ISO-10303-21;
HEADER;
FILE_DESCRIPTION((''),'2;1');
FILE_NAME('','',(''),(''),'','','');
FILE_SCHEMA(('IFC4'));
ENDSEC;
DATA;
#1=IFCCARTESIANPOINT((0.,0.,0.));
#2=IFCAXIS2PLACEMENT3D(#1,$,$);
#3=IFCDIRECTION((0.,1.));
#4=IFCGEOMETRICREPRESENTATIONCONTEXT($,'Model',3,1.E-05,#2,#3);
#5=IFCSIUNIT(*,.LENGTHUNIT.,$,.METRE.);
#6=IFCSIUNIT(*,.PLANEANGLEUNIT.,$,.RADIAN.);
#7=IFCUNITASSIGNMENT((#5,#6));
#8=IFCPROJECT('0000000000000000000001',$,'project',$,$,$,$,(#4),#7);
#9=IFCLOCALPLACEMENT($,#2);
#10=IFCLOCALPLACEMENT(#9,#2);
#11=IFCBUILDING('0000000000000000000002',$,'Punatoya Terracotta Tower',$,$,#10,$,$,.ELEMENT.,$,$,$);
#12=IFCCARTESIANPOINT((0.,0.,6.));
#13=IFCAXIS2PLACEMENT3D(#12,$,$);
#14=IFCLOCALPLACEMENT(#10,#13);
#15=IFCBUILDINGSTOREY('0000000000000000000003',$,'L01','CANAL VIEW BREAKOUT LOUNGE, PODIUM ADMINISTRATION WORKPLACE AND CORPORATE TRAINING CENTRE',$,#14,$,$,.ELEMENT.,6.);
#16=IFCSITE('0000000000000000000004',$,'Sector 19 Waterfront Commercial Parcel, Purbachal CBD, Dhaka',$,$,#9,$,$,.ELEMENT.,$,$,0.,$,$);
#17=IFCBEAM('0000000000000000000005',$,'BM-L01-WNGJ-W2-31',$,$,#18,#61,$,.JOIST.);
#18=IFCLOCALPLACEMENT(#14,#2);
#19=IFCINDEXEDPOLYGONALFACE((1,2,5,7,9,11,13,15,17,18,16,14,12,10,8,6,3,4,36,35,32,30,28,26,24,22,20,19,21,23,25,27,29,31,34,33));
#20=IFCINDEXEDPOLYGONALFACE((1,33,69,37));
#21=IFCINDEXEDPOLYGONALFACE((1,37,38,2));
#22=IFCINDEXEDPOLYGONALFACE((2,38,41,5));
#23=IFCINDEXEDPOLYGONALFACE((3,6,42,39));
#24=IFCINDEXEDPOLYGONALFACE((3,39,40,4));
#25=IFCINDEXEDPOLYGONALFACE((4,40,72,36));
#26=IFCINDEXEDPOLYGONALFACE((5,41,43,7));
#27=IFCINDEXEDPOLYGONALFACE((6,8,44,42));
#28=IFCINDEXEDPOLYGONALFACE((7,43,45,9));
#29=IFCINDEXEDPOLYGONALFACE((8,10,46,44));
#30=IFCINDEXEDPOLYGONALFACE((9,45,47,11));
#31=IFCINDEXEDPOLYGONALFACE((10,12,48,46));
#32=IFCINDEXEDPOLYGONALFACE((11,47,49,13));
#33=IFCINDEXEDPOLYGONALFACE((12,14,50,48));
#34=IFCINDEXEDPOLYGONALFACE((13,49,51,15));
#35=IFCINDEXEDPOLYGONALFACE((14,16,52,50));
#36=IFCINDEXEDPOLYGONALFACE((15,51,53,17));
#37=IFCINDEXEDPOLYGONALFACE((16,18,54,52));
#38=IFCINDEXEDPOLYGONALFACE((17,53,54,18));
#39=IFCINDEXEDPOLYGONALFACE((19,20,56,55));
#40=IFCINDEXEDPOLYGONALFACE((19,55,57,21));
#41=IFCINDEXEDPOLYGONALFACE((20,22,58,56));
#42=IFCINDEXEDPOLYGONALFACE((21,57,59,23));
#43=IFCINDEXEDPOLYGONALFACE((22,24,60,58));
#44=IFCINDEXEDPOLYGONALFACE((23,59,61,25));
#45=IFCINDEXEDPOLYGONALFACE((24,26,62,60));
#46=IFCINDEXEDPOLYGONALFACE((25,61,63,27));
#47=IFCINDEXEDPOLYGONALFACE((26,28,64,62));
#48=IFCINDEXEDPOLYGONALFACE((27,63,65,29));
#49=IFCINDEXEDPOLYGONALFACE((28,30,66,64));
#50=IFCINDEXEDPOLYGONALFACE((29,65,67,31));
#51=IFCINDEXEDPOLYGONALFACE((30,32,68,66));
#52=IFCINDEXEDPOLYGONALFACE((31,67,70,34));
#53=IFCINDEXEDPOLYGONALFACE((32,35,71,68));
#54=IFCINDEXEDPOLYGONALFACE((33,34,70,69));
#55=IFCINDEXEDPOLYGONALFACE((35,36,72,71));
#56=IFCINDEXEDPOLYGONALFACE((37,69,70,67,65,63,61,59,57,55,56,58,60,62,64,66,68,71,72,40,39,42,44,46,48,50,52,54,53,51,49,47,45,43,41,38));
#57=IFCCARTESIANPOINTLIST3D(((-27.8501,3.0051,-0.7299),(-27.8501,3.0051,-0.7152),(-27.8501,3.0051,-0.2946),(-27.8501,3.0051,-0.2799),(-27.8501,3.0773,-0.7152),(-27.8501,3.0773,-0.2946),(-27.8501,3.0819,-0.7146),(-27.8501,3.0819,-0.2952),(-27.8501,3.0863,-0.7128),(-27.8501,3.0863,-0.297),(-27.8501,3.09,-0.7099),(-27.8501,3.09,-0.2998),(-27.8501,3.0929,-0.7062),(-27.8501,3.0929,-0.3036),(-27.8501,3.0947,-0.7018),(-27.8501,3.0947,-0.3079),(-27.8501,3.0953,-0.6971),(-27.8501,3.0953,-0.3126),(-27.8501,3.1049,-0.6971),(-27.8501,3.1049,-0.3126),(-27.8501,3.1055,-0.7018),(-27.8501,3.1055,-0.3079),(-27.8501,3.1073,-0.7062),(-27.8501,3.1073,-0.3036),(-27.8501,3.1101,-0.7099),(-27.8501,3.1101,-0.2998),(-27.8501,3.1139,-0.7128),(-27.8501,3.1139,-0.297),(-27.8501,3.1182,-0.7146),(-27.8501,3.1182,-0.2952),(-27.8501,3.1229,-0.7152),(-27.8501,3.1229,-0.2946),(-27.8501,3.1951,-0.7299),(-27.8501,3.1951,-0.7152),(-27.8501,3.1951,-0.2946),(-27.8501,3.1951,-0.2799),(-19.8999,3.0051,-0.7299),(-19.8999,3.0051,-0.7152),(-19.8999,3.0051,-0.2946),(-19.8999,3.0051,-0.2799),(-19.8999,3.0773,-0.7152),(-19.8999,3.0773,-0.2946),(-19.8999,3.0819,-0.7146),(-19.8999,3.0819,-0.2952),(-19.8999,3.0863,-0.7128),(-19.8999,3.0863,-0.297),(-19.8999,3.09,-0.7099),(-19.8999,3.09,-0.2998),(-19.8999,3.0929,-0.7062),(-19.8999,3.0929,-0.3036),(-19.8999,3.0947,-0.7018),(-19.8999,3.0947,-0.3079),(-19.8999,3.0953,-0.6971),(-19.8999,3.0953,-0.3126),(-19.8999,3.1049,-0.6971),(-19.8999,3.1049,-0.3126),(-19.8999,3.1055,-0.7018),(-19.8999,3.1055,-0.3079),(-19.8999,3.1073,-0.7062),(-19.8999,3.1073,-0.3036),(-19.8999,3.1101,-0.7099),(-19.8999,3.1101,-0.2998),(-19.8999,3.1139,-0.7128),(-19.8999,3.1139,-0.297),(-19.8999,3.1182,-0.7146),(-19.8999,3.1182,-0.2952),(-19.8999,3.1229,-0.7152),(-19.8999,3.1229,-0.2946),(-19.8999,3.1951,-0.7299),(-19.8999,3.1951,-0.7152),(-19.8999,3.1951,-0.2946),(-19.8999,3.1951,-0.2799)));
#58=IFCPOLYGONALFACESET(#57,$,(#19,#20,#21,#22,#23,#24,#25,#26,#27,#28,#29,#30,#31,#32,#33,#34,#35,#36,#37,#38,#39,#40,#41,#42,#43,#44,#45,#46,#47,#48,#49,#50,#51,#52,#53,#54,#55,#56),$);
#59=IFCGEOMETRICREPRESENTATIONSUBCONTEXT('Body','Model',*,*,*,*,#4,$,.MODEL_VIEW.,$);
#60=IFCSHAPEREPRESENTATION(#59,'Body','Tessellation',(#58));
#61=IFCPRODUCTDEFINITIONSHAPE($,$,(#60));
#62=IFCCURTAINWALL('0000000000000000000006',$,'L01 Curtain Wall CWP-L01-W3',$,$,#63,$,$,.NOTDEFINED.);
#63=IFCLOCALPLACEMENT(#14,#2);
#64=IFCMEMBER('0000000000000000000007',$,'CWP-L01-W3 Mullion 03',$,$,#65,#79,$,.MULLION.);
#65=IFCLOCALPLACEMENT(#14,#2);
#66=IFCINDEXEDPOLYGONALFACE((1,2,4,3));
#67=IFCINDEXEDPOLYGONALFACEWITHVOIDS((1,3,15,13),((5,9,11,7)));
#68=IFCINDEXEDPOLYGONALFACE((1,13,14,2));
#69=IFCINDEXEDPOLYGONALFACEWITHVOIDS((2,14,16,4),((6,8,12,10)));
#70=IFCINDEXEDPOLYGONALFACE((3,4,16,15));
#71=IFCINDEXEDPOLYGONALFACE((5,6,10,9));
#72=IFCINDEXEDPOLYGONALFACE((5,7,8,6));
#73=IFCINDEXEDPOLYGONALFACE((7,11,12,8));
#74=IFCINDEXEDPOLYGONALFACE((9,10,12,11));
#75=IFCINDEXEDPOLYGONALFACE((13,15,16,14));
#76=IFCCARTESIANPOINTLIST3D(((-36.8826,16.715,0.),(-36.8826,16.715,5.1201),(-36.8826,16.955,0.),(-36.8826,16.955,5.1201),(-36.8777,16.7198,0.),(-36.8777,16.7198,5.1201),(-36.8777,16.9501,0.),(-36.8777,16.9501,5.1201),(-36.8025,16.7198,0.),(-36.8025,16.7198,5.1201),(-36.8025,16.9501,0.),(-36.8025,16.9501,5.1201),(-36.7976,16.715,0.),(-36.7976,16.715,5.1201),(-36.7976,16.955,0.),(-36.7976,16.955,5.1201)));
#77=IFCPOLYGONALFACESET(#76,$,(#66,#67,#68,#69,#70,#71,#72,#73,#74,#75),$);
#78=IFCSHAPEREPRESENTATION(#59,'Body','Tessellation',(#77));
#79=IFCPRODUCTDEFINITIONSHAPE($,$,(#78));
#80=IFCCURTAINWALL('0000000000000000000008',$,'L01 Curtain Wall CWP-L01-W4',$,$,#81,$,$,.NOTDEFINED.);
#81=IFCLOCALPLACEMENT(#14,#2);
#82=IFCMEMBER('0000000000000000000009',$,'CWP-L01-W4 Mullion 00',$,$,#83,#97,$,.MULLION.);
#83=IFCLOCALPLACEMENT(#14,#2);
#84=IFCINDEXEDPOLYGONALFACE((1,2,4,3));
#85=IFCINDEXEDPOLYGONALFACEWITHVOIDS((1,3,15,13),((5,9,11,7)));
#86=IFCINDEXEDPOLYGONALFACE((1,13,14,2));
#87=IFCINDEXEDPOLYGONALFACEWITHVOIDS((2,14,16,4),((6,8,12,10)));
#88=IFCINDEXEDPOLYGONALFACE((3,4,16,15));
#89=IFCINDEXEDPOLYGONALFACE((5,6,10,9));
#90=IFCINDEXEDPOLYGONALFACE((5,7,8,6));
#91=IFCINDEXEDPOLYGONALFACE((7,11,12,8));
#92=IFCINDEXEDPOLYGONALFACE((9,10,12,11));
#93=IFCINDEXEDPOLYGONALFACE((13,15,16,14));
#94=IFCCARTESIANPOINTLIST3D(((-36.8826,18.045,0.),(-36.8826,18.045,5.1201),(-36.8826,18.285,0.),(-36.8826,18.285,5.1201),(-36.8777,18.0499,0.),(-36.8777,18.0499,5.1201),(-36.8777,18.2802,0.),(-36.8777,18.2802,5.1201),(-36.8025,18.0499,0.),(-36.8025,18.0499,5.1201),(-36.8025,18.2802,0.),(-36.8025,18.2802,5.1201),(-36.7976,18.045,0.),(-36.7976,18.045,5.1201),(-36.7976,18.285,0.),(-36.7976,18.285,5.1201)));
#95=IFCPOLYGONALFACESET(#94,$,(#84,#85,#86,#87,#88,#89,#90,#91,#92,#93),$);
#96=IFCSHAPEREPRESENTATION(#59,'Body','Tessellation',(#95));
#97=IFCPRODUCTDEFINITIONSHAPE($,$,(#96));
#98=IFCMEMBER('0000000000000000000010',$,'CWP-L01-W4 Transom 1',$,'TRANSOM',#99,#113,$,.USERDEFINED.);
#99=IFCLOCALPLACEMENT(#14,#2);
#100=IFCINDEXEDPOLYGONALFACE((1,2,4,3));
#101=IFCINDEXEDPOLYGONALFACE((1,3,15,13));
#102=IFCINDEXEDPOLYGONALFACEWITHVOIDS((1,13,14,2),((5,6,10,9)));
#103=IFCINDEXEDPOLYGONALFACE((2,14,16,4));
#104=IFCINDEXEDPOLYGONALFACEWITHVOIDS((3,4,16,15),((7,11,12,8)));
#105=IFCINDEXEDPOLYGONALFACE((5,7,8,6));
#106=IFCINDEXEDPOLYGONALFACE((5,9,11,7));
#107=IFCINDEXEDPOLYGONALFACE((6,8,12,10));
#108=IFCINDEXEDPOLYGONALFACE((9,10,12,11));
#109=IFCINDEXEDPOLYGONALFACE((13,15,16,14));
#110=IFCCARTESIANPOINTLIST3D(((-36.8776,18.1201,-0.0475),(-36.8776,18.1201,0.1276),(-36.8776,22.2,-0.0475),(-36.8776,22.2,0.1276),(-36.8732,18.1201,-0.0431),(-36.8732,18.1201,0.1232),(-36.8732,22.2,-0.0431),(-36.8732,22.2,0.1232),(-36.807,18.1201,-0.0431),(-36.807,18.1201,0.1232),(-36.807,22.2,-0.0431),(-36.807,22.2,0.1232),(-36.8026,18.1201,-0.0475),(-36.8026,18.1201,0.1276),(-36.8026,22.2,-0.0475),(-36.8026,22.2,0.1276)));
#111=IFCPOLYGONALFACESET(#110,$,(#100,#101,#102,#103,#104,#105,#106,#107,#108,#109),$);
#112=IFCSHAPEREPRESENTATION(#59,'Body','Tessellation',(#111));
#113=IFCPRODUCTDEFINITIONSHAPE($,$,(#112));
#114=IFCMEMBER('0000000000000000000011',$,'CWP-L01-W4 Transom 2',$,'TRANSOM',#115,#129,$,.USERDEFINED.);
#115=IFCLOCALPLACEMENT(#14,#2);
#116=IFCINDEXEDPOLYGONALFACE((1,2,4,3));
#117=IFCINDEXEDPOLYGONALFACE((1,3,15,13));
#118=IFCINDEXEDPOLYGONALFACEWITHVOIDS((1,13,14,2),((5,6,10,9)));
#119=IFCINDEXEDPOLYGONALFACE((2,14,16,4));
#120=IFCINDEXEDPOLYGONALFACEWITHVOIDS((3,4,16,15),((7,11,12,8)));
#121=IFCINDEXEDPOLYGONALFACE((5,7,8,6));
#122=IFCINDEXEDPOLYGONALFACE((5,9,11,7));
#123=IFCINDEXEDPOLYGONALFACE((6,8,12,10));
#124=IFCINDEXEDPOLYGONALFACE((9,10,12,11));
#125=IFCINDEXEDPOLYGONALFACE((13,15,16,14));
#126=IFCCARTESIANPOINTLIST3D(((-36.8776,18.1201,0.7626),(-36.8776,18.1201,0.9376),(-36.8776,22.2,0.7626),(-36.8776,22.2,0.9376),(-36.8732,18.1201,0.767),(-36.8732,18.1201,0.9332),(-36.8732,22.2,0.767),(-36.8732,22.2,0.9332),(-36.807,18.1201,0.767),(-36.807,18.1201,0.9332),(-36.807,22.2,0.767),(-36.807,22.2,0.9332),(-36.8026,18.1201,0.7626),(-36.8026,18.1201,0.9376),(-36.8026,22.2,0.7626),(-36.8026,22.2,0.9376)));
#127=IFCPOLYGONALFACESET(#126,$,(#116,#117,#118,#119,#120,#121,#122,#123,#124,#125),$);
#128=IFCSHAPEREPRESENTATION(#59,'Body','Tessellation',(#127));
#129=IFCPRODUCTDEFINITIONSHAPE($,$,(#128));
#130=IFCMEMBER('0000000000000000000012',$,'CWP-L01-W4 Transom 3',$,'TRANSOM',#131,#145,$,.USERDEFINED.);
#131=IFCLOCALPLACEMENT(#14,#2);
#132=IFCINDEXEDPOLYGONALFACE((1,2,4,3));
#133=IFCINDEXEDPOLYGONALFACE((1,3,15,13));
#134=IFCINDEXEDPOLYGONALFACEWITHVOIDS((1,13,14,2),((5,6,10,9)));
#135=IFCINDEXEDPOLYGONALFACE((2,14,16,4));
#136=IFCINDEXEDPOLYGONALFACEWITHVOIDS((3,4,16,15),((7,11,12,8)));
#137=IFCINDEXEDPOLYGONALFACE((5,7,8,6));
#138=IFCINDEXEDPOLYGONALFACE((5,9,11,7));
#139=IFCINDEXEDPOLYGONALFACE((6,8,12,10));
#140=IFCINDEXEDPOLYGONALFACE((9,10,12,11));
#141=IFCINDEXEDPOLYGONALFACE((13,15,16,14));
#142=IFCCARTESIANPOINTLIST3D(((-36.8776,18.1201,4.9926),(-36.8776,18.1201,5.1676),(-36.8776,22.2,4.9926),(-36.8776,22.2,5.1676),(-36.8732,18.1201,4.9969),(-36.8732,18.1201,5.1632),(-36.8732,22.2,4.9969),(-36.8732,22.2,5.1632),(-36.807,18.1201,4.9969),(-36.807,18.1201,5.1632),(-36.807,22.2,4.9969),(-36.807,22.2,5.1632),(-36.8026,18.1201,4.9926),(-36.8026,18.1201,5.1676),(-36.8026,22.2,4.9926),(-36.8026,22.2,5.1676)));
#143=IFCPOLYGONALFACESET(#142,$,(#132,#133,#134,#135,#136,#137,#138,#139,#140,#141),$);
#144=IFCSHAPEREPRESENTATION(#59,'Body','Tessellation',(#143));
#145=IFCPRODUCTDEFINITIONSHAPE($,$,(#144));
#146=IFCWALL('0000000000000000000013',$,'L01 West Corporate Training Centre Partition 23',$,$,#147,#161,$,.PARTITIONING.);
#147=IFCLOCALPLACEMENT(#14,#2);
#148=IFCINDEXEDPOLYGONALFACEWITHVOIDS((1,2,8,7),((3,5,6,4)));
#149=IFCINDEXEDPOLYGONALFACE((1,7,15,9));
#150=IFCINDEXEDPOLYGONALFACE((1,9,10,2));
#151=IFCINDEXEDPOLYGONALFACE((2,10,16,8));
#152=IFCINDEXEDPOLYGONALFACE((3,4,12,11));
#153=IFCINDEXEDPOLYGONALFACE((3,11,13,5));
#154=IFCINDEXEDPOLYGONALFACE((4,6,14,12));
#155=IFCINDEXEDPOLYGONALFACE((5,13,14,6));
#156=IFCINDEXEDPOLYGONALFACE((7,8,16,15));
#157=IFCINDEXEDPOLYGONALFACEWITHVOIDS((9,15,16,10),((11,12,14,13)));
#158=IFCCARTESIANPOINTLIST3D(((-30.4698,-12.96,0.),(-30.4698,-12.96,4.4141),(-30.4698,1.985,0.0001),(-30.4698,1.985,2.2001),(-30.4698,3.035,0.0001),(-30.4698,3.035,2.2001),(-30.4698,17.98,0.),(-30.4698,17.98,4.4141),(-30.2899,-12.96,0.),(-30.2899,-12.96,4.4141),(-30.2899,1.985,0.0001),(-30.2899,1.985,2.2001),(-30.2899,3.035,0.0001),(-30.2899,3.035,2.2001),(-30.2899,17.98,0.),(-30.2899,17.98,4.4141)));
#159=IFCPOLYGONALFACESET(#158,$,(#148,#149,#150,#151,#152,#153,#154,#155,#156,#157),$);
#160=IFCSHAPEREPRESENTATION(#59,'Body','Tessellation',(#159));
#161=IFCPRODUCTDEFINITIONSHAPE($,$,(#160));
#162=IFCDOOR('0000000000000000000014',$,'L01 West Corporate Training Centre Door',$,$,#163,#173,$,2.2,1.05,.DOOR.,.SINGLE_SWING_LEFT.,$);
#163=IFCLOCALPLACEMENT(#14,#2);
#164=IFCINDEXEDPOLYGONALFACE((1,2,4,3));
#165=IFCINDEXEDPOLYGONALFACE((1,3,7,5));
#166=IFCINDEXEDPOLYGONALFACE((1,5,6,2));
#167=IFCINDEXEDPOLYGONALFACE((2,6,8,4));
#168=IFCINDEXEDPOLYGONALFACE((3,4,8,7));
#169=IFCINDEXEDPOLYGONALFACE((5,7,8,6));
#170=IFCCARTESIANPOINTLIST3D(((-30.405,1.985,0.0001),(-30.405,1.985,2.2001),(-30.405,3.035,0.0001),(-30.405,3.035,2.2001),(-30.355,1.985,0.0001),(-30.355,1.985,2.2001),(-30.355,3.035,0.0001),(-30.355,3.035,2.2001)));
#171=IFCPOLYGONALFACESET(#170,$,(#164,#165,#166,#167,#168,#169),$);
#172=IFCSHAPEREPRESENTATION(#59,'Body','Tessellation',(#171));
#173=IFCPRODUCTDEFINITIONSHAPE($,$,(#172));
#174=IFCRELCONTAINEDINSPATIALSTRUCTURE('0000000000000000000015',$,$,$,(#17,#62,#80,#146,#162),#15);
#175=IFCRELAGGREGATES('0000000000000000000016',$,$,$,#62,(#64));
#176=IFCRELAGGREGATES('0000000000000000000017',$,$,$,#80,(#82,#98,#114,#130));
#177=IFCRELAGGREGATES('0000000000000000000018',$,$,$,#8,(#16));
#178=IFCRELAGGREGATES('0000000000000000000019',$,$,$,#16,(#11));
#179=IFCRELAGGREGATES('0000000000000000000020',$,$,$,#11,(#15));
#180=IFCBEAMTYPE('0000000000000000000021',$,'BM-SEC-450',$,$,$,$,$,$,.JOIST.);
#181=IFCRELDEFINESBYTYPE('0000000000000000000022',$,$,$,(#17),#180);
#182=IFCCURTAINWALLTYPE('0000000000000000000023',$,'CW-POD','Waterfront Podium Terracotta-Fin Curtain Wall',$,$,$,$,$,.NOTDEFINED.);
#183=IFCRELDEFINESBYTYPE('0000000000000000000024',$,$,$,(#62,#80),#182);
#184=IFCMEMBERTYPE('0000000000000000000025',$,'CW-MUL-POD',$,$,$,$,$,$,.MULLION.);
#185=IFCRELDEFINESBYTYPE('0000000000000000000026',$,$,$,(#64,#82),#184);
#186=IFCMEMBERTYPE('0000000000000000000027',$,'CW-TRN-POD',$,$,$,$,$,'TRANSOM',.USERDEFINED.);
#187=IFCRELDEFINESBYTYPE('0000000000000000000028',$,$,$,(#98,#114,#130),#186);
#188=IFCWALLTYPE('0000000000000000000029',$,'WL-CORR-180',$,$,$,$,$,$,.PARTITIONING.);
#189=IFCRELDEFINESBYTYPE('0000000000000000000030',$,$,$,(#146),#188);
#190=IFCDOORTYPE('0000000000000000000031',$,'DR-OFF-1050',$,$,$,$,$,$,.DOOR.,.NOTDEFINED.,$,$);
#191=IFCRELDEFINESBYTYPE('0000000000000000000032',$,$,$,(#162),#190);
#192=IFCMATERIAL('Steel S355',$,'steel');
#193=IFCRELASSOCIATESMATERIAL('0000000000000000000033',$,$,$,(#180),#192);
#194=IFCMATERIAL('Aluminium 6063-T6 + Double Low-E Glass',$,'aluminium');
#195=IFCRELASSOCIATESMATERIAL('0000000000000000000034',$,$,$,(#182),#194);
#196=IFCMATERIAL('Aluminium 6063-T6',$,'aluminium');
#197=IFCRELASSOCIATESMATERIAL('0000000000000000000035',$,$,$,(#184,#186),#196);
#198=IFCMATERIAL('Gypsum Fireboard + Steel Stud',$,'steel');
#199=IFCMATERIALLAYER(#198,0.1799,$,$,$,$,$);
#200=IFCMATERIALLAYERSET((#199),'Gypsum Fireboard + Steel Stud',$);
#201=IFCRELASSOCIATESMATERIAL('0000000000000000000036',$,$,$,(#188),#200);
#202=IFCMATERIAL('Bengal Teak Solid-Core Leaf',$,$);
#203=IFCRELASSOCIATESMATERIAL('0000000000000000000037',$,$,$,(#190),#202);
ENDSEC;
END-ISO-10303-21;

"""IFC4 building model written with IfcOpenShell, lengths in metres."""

from ifc_helpers import new_model, si_unit, direction, frame, frame_2d, origin, origin_2d, place, context, subcontext, project, spatial, rectangle, hollow_rectangle, i_section, extrude, material, layer, layer_set, material_profile, profile_set, type_object, element, fill, aggregate, save


model = new_model("IFC4")

# Units and contexts
model_context = context("Model", 3, precision=1e-05, world=origin(), true_north=direction((0.0, 1.0)))
body_context = subcontext(model_context, "Body", "Model", "MODEL_VIEW")
ifc_project = project(units=[si_unit("LENGTHUNIT", "METRE"), si_unit("PLANEANGLEUNIT", "RADIAN")], contexts=[model_context])

# Site, building, storey
site_placement = place(None, origin())
site = spatial("IfcSite", under=ifc_project, at=site_placement, Name="Sector 19 Waterfront Commercial Parcel, Purbachal CBD, Dhaka", CompositionType="ELEMENT", RefElevation=0.0)
building_placement = place(site_placement, origin())
building = spatial("IfcBuilding", under=site, at=building_placement, Name="Punatoya Terracotta Tower", CompositionType="ELEMENT")
storey_placement = place(building_placement, frame((0.0, 0.0, 6.0)))
storey = spatial("IfcBuildingStorey", under=building, at=storey_placement, Name="L01", Description="CANAL VIEW BREAKOUT LOUNGE, PODIUM ADMINISTRATION WORKPLACE AND CORPORATE TRAINING CENTRE", CompositionType="ELEMENT", Elevation=6.0)

# Beam
ifc_material_1 = material(Name="Steel S355", Category="steel")
ifc_material_profile_1 = material_profile(ifc_material_1, i_section(OverallWidth=0.1899, OverallDepth=0.45, WebThickness=0.0095, FlangeThickness=0.0146, FilletRadius=0.0181, at=origin_2d()))
ifc_profile_set_1 = profile_set([ifc_material_profile_1], Name="Steel S355")
beam_type_1 = type_object("IfcBeamType", Name="BM-SEC-450", PredefinedType="JOIST", material=ifc_profile_set_1)
beam_1_placement = place(storey_placement, frame((-27.8501, 3.1001, -0.5049), z_axis=(1.0, 0.0, 0.0), x_axis=(0.0, 1.0, 0.0)))
element("IfcBeam", 1, at=beam_1_placement, inside=storey, type_object=beam_type_1, Name="BM-L01-WNGJ-W2-31", PredefinedType="JOIST", context=body_context, shape_type="SweptSolid", body=[
    extrude(i_section(OverallWidth=0.1899, OverallDepth=0.45, WebThickness=0.0095, FlangeThickness=0.0146, FilletRadius=0.0181, at=origin_2d()), origin(), (0.0, 0.0, 1.0), 7.9502),
])

# Curtain wall, member
ifc_material_2 = material(Name="Aluminium 6063-T6 + Double Low-E Glass", Category="aluminium")
curtain_wall_type = type_object("IfcCurtainWallType", Name="CW-POD", Description="Waterfront Podium Terracotta-Fin Curtain Wall", PredefinedType="NOTDEFINED", material=ifc_material_2)
curtain_wall_1_placement = place(storey_placement, origin())
curtain_wall_1 = element("IfcCurtainWall", 2, at=curtain_wall_1_placement, inside=storey, type_object=curtain_wall_type, Name="L01 Curtain Wall CWP-L01-W3", PredefinedType="NOTDEFINED")
ifc_material_3 = material(Name="Aluminium 6063-T6", Category="aluminium")
ifc_material_profile_2 = material_profile(ifc_material_3, hollow_rectangle(XDim=0.085, YDim=0.24, WallThickness=0.0049, at=origin_2d()))
ifc_profile_set_2 = profile_set([ifc_material_profile_2], Name="Aluminium 6063-T6")
member_type_1 = type_object("IfcMemberType", Name="CW-MUL-POD", PredefinedType="MULLION", material=ifc_profile_set_2)
member_1_placement = place(storey_placement, frame((-36.8401, 16.835, 0.0), z_axis=(0.0, 0.0, 1.0), x_axis=(1.0, 0.0, 0.0)))
member_1 = element("IfcMember", 3, at=member_1_placement, type_object=member_type_1, Name="CWP-L01-W3 Mullion 03", PredefinedType="MULLION", context=body_context, shape_type="SweptSolid", body=[
    extrude(hollow_rectangle(XDim=0.085, YDim=0.24, WallThickness=0.0049, at=origin_2d()), origin(), (0.0, 0.0, 1.0), 5.1201),
])
aggregate(curtain_wall_1, [member_1])

# Curtain wall, members
curtain_wall_2_placement = place(storey_placement, origin())
curtain_wall_2 = element("IfcCurtainWall", 4, at=curtain_wall_2_placement, inside=storey, type_object=curtain_wall_type, Name="L01 Curtain Wall CWP-L01-W4", PredefinedType="NOTDEFINED")
member_2_placement = place(storey_placement, frame((-36.8401, 18.165, 0.0), z_axis=(0.0, 0.0, 1.0), x_axis=(1.0, 0.0, 0.0)))
member_2 = element("IfcMember", 5, at=member_2_placement, type_object=member_type_1, Name="CWP-L01-W4 Mullion 00", PredefinedType="MULLION", context=body_context, shape_type="SweptSolid", body=[
    extrude(hollow_rectangle(XDim=0.085, YDim=0.24, WallThickness=0.0049, at=origin_2d()), origin(), (0.0, 0.0, 1.0), 5.1201),
])
ifc_material_profile_3 = material_profile(ifc_material_3, hollow_rectangle(XDim=0.075, YDim=0.175, WallThickness=0.0044, at=origin_2d()))
ifc_profile_set_3 = profile_set([ifc_material_profile_3], Name="Aluminium 6063-T6")
member_type_2 = type_object("IfcMemberType", Name="CW-TRN-POD", ElementType="TRANSOM", PredefinedType="USERDEFINED", material=ifc_profile_set_3)
member_3_placement = place(storey_placement, frame((-36.8401, 18.1201, 0.04), z_axis=(0.0, 1.0, 0.0), x_axis=(-1.0, 0.0, 0.0)))
member_3 = element("IfcMember", 6, at=member_3_placement, type_object=member_type_2, Name="CWP-L01-W4 Transom 1", ObjectType="TRANSOM", PredefinedType="USERDEFINED", context=body_context, shape_type="SweptSolid", body=[
    extrude(hollow_rectangle(XDim=0.075, YDim=0.175, WallThickness=0.0044, at=origin_2d()), origin(), (0.0, 0.0, 1.0), 4.0798),
])
member_4_placement = place(storey_placement, frame((-36.8401, 18.1201, 0.8501), z_axis=(0.0, 1.0, 0.0), x_axis=(-1.0, 0.0, 0.0)))
member_4 = element("IfcMember", 7, at=member_4_placement, type_object=member_type_2, Name="CWP-L01-W4 Transom 2", ObjectType="TRANSOM", PredefinedType="USERDEFINED", context=body_context, shape_type="SweptSolid", body=[
    extrude(hollow_rectangle(XDim=0.075, YDim=0.175, WallThickness=0.0044, at=origin_2d()), origin(), (0.0, 0.0, 1.0), 4.0798),
])
member_5_placement = place(storey_placement, frame((-36.8401, 18.1201, 5.0801), z_axis=(0.0, 1.0, 0.0), x_axis=(-1.0, 0.0, 0.0)))
member_5 = element("IfcMember", 8, at=member_5_placement, type_object=member_type_2, Name="CWP-L01-W4 Transom 3", ObjectType="TRANSOM", PredefinedType="USERDEFINED", context=body_context, shape_type="SweptSolid", body=[
    extrude(hollow_rectangle(XDim=0.075, YDim=0.175, WallThickness=0.0044, at=origin_2d()), origin(), (0.0, 0.0, 1.0), 4.0798),
])
aggregate(curtain_wall_2, [member_2, member_3, member_4, member_5])

# Wall, opening, door
ifc_material_4 = material(Name="Gypsum Fireboard + Steel Stud", Category="steel")
ifc_layer_1 = layer(ifc_material_4, 0.1799)
ifc_layer_set_1 = layer_set([ifc_layer_1], Name="Gypsum Fireboard + Steel Stud")
wall_type_1 = type_object("IfcWallType", Name="WL-CORR-180", PredefinedType="PARTITIONING", material=ifc_layer_set_1)
wall_1_placement = place(storey_placement, frame((-30.3799, 17.98, 0.0), z_axis=(0.0, 0.0, 1.0), x_axis=(0.0, -1.0, 0.0)))
wall_1 = element("IfcWall", 9, at=wall_1_placement, inside=storey, type_object=wall_type_1, Name="L01 West Corporate Training Centre Partition 23", PredefinedType="PARTITIONING", context=body_context, shape_type="SweptSolid", body=[
    extrude(rectangle(XDim=30.9399, YDim=0.1799, at=frame_2d((15.47, 0.0))), origin(), (0.0, 0.0, 1.0), 4.4141),
])
opening_1_placement = place(wall_1_placement, frame((14.9451, 0.0, 0.0)))
opening_1 = element("IfcOpeningElement", 10, at=opening_1_placement, cuts=wall_1, PredefinedType="OPENING", context=body_context, shape_type="SweptSolid", body=[
    extrude(rectangle(XDim=1.05, YDim=2.2, at=frame_2d((0.5249, 1.1001))), frame((0.0, 0.0999, 0.0), z_axis=(0.0, -1.0, 0.0), x_axis=(1.0, 0.0, 0.0)), (0.0, 0.0, 1.0), 0.2),
])
ifc_material_5 = material(Name="Bengal Teak Solid-Core Leaf")
door_type = type_object("IfcDoorType", Name="DR-OFF-1050", OperationType="NOTDEFINED", PredefinedType="DOOR", material=ifc_material_5)
door_1_placement = place(opening_1_placement, origin())
door_1 = element("IfcDoor", 11, at=door_1_placement, inside=storey, type_object=door_type, Name="L01 West Corporate Training Centre Door", OperationType="SINGLE_SWING_LEFT", OverallHeight=2.2, OverallWidth=1.05, PredefinedType="DOOR", context=body_context, shape_type="SweptSolid", body=[
    extrude(rectangle(XDim=1.05, YDim=2.2, at=frame_2d((0.5249, 1.1001))), frame((0.0, 0.0249, 0.0), z_axis=(0.0, -1.0, 0.0), x_axis=(1.0, 0.0, 0.0)), (0.0, 0.0, 1.0), 0.05),
])
fill(opening_1, door_1)

save(model, "model.ifc")
